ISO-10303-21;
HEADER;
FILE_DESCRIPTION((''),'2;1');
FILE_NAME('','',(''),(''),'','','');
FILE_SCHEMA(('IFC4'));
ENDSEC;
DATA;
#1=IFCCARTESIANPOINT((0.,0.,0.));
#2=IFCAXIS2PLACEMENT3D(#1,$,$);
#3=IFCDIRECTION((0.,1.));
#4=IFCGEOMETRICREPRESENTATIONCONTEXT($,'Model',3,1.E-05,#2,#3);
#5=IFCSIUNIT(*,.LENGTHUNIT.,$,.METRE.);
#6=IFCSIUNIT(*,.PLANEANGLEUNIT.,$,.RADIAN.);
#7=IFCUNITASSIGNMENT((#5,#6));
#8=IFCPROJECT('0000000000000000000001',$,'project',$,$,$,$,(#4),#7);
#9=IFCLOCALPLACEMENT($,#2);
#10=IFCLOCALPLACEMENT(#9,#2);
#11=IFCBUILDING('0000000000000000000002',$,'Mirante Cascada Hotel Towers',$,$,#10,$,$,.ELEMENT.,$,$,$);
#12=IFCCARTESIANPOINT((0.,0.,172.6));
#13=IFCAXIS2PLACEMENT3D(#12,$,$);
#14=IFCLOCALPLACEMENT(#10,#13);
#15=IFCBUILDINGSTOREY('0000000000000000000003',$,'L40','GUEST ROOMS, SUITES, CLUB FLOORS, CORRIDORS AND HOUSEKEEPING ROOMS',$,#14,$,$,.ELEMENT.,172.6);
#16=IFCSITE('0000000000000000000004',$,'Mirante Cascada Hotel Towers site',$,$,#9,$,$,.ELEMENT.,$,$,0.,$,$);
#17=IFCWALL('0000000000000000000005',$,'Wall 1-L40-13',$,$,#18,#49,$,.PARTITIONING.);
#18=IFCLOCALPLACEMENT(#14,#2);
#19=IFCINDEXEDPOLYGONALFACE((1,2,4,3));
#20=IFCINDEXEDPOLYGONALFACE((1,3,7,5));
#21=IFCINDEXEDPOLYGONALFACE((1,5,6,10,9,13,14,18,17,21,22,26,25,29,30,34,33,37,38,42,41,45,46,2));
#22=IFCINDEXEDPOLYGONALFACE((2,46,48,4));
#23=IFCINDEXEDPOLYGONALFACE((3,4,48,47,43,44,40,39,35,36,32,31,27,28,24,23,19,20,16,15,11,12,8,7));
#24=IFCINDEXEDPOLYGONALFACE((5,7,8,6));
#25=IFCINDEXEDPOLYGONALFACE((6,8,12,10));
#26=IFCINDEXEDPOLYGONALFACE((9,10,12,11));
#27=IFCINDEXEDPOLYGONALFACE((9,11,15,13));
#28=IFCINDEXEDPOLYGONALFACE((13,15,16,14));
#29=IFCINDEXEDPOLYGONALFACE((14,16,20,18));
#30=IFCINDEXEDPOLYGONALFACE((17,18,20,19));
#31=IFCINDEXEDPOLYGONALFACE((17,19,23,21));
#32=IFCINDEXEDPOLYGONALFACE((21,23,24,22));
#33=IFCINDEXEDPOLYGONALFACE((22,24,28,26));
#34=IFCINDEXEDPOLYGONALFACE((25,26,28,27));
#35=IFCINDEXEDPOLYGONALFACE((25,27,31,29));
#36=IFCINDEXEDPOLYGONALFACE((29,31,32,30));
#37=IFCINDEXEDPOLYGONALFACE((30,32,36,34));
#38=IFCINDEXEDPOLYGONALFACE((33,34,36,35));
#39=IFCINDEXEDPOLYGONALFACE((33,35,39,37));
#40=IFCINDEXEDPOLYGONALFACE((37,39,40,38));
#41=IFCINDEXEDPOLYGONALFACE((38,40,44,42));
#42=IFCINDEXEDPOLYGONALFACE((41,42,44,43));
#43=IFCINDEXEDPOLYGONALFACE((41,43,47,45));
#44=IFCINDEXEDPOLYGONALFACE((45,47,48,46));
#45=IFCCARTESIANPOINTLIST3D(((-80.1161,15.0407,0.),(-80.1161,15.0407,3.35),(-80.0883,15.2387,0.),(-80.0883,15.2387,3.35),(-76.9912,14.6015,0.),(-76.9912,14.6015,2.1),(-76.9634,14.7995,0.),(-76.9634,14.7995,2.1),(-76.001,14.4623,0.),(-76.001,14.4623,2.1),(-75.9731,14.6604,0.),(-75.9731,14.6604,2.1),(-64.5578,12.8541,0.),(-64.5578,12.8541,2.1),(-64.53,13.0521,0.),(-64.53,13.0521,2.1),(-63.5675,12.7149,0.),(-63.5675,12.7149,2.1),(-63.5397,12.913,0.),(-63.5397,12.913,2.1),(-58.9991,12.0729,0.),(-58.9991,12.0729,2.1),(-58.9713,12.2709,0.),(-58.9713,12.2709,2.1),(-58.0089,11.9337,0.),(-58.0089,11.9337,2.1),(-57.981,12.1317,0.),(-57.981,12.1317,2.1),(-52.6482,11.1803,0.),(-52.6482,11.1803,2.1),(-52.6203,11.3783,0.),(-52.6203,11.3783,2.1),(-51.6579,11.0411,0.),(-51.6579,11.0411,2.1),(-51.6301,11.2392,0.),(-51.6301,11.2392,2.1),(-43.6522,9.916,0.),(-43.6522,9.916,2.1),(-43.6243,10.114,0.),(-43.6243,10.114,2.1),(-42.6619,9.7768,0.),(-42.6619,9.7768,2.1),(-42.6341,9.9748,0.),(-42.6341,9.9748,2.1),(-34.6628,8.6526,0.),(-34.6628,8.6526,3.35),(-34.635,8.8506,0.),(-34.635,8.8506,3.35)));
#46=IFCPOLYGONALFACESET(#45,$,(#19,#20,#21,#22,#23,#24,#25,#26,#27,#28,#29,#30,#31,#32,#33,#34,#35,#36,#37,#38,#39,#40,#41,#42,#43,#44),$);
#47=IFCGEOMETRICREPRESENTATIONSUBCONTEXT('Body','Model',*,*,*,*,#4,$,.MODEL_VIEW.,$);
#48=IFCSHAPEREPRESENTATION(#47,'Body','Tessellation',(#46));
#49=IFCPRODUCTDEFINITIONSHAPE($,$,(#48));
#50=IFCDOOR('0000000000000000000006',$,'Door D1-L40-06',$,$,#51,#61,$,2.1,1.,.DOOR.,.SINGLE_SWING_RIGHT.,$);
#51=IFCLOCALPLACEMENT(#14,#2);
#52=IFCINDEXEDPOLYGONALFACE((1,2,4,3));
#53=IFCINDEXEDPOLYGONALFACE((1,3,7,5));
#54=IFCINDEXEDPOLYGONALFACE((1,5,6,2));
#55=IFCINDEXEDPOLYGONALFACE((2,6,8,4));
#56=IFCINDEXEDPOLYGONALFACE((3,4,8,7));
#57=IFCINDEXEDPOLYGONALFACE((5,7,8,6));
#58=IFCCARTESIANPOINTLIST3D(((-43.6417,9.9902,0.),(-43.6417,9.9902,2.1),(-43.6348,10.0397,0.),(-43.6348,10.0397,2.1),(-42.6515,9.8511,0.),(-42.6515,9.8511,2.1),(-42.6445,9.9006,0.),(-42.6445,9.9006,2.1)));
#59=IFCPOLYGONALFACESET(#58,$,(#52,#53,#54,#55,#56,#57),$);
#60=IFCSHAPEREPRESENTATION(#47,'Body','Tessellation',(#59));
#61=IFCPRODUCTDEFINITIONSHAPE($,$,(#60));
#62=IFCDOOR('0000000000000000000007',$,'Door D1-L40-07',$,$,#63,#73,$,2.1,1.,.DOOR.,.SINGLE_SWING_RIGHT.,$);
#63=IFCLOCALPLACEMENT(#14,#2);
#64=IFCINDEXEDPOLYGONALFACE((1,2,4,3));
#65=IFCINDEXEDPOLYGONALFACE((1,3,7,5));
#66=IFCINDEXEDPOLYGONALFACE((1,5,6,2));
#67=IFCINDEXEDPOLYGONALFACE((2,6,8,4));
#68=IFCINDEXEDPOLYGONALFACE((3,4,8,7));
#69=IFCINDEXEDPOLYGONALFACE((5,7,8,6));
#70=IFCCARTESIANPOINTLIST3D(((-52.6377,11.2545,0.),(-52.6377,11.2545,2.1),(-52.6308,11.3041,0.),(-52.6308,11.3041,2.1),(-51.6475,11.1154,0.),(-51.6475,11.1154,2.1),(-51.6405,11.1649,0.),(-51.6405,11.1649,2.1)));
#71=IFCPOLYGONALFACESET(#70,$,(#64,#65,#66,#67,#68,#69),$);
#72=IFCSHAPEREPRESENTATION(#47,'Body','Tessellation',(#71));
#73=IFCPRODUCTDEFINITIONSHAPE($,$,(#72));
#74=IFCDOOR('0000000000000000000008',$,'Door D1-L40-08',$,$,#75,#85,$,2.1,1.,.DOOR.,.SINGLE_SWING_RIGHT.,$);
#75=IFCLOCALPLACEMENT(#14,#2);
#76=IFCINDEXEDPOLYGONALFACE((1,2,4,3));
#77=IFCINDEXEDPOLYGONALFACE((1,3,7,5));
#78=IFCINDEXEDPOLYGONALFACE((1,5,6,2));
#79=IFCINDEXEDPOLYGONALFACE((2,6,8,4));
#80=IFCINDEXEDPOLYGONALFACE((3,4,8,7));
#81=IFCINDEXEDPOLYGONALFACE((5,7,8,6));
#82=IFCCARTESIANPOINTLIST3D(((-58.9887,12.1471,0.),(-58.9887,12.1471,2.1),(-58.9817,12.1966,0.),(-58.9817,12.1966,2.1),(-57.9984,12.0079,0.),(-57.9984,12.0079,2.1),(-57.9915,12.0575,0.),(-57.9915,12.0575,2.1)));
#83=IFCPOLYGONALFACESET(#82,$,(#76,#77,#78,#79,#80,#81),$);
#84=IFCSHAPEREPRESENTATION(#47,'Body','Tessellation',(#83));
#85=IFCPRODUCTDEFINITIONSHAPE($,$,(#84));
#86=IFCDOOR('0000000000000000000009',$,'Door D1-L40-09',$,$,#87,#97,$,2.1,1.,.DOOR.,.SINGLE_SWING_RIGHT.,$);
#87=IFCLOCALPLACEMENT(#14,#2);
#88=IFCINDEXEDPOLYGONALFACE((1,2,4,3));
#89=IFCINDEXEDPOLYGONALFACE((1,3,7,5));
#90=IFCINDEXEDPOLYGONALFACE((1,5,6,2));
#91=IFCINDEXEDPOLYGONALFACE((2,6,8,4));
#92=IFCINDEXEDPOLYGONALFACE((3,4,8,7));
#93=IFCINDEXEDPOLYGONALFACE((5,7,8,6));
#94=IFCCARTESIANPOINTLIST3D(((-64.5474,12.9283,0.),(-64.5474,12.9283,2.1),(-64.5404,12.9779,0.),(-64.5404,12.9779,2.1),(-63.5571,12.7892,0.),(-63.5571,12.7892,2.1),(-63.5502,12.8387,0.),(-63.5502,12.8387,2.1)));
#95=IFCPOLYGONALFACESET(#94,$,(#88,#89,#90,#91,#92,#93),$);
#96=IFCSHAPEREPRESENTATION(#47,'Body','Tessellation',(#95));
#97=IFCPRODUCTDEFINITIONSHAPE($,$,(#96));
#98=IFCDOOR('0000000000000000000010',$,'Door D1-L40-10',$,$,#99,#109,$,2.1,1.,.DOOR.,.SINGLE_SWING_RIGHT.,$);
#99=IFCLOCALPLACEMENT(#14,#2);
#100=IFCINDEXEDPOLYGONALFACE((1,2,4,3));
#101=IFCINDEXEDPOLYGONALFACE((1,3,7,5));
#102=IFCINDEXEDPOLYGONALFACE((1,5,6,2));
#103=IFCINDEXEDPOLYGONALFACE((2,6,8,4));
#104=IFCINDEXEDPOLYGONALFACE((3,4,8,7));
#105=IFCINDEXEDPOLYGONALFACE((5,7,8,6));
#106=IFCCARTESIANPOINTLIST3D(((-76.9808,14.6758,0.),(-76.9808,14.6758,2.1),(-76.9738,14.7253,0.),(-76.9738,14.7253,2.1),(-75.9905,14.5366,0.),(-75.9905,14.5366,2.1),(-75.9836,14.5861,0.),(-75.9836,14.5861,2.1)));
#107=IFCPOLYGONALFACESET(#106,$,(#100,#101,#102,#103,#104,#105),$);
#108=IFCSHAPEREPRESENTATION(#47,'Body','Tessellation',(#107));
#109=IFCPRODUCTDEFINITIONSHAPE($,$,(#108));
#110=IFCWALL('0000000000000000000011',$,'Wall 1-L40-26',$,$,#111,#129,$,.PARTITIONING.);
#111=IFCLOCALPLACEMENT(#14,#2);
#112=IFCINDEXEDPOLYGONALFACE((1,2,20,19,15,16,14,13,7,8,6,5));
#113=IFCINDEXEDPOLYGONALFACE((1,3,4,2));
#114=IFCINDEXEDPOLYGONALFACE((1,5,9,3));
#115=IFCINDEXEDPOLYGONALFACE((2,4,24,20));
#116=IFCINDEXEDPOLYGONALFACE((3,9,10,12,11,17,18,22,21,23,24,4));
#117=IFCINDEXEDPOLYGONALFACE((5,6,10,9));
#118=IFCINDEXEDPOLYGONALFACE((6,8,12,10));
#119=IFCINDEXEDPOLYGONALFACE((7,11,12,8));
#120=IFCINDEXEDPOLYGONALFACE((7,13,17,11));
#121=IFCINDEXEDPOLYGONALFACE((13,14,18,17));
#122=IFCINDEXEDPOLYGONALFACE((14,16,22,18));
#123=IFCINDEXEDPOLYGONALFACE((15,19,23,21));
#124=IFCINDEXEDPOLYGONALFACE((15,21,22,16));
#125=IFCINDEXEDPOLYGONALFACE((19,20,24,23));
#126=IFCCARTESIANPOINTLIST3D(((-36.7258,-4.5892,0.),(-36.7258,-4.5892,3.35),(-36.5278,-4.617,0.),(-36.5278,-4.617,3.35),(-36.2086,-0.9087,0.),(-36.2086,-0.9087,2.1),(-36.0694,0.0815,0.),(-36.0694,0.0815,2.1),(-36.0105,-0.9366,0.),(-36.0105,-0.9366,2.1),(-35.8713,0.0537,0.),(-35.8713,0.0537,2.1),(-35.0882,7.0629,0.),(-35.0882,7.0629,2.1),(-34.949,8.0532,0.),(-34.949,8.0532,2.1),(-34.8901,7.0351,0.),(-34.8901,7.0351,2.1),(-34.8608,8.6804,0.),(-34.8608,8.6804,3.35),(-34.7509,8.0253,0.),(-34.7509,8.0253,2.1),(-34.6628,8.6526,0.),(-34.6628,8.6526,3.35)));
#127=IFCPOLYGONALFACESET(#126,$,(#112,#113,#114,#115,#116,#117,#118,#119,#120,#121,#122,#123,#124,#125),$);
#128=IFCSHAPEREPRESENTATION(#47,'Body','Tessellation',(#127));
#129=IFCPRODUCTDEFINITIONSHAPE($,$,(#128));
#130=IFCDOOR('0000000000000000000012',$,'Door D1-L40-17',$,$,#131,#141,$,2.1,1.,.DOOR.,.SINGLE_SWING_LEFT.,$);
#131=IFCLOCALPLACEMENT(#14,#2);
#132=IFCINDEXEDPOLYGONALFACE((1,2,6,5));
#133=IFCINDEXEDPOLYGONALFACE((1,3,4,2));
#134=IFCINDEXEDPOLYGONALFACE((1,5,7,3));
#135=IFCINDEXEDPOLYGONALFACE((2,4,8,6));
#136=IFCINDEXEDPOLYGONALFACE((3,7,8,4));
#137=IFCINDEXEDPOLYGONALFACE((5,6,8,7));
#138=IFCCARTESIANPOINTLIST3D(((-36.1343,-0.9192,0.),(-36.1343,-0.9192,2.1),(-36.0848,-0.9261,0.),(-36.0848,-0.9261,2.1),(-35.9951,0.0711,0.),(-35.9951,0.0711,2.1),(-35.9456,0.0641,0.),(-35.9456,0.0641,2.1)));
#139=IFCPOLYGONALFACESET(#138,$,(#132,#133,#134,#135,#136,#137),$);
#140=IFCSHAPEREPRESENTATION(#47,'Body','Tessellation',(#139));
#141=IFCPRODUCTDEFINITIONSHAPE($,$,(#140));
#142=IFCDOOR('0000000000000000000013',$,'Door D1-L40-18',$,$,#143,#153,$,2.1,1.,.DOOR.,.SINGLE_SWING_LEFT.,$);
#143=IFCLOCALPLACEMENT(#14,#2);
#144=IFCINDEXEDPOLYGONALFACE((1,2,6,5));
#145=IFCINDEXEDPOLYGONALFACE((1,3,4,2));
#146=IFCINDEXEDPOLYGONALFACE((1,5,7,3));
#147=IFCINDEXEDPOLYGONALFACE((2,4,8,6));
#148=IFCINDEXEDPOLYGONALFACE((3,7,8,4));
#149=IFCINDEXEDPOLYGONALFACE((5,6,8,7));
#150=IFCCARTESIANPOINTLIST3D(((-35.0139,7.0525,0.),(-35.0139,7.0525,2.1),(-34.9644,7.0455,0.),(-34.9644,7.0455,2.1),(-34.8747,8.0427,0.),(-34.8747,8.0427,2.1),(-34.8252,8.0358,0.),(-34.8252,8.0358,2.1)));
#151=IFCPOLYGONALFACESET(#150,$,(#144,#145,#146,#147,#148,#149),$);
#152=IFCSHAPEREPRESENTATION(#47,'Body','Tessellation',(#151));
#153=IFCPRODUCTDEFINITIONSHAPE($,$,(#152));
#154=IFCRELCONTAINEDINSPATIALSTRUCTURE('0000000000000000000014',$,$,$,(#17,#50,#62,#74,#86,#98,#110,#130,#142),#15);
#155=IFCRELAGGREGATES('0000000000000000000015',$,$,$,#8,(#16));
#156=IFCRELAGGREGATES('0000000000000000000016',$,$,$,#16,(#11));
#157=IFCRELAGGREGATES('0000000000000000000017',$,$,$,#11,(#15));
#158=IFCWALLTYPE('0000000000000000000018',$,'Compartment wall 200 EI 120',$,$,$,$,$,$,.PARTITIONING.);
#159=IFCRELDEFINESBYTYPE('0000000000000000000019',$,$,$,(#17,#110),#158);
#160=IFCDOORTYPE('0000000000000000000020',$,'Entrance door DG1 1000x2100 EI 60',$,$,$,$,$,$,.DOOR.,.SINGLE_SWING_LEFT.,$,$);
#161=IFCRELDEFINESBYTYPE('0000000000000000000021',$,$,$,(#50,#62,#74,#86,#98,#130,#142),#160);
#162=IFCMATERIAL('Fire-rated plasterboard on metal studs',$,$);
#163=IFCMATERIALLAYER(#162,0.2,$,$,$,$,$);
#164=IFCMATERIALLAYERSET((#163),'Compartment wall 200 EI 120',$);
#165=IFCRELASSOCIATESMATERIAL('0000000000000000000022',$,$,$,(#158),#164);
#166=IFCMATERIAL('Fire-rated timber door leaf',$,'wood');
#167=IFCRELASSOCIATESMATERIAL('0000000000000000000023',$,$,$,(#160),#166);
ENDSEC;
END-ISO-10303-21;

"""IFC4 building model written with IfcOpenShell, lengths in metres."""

from ifc_helpers import new_model, si_unit, direction, frame, frame_2d, origin, place, context, subcontext, project, spatial, rectangle, extrude, material, layer, layer_set, type_object, element, fill, save


model = new_model("IFC4")

# Units and contexts
model_context = context("Model", 3, precision=1e-05, world=origin(), true_north=direction((0.0, 1.0)))
body_context = subcontext(model_context, "Body", "Model", "MODEL_VIEW")
ifc_project = project(units=[si_unit("LENGTHUNIT", "METRE"), si_unit("PLANEANGLEUNIT", "RADIAN")], contexts=[model_context])

# Site, building, storey
site_placement = place(None, origin())
site = spatial("IfcSite", under=ifc_project, at=site_placement, Name="Mirante Cascada Hotel Towers site", CompositionType="ELEMENT", RefElevation=0.0)
building_placement = place(site_placement, origin())
building = spatial("IfcBuilding", under=site, at=building_placement, Name="Mirante Cascada Hotel Towers", CompositionType="ELEMENT")
storey_placement = place(building_placement, frame((0.0, 0.0, 172.6)))
storey = spatial("IfcBuildingStorey", under=building, at=storey_placement, Name="L40", Description="GUEST ROOMS, SUITES, CLUB FLOORS, CORRIDORS AND HOUSEKEEPING ROOMS", CompositionType="ELEMENT", Elevation=172.6)

# Shared definitions
ifc_material_1 = material(Name="Fire-rated plasterboard on metal studs")
ifc_layer_1 = layer(ifc_material_1, 0.2)
ifc_layer_set_1 = layer_set([ifc_layer_1], Name="Compartment wall 200 EI 120")
wall_type_1 = type_object("IfcWallType", Name="Compartment wall 200 EI 120", PredefinedType="PARTITIONING", material=ifc_layer_set_1)

# Walls, openings, doors
wall_1_placement = place(storey_placement, frame((-34.6489, 8.7516, 0.0), z_axis=(0.0, 0.0, 1.0), x_axis=(-0.990268, 0.139174, 0.0)))
wall_1 = element("IfcWall", 1, at=wall_1_placement, inside=storey, type_object=wall_type_1, Name="Wall 1-L40-13", PredefinedType="PARTITIONING", context=body_context, shape_type="SweptSolid", body=[
    extrude(rectangle(XDim=45.9, YDim=0.2, at=frame_2d((22.95, 0.0))), origin(), (0.0, 0.0, 1.0), 3.35),
])
opening_1_placement = place(wall_1_placement, frame((8.0777, 0.0, 0.0)))
opening_1 = element("IfcOpeningElement", 2, at=opening_1_placement, cuts=wall_1, PredefinedType="OPENING", context=body_context, shape_type="SweptSolid", body=[
    extrude(rectangle(XDim=1.0, YDim=2.1, at=frame_2d((0.5, 1.05))), frame((0.0, 0.1, 0.0), z_axis=(0.0, -1.0, 0.0), x_axis=(1.0, 0.0, 0.0)), (0.0, 0.0, 1.0), 0.2),
])
opening_2_placement = place(wall_1_placement, frame((17.1621, 0.0, 0.0)))
opening_2 = element("IfcOpeningElement", 3, at=opening_2_placement, cuts=wall_1, PredefinedType="OPENING", context=body_context, shape_type="SweptSolid", body=[
    extrude(rectangle(XDim=1.0, YDim=2.1, at=frame_2d((0.5, 1.05))), frame((0.0, 0.1, 0.0), z_axis=(0.0, -1.0, 0.0), x_axis=(1.0, 0.0, 0.0)), (0.0, 0.0, 1.0), 0.2),
])
opening_3_placement = place(wall_1_placement, frame((23.5755, 0.0, 0.0)))
opening_3 = element("IfcOpeningElement", 4, at=opening_3_placement, cuts=wall_1, PredefinedType="OPENING", context=body_context, shape_type="SweptSolid", body=[
    extrude(rectangle(XDim=1.0, YDim=2.1, at=frame_2d((0.5, 1.05))), frame((0.0, 0.1, 0.0), z_axis=(0.0, -1.0, 0.0), x_axis=(1.0, 0.0, 0.0)), (0.0, 0.0, 1.0), 0.2),
])
opening_4_placement = place(wall_1_placement, frame((29.1888, 0.0, 0.0)))
opening_4 = element("IfcOpeningElement", 5, at=opening_4_placement, cuts=wall_1, PredefinedType="OPENING", context=body_context, shape_type="SweptSolid", body=[
    extrude(rectangle(XDim=1.0, YDim=2.1, at=frame_2d((0.5, 1.05))), frame((0.0, 0.1, 0.0), z_axis=(0.0, -1.0, 0.0), x_axis=(1.0, 0.0, 0.0)), (0.0, 0.0, 1.0), 0.2),
])
opening_5_placement = place(wall_1_placement, frame((41.7444, 0.0, 0.0)))
opening_5 = element("IfcOpeningElement", 6, at=opening_5_placement, cuts=wall_1, PredefinedType="OPENING", context=body_context, shape_type="SweptSolid", body=[
    extrude(rectangle(XDim=1.0, YDim=2.1, at=frame_2d((0.5, 1.05))), frame((0.0, 0.1, 0.0), z_axis=(0.0, -1.0, 0.0), x_axis=(1.0, 0.0, 0.0)), (0.0, 0.0, 1.0), 0.2),
])
ifc_material_2 = material(Name="Fire-rated timber door leaf", Category="wood")
door_type_1 = type_object("IfcDoorType", Name="Entrance door DG1 1000x2100 EI 60", OperationType="SINGLE_SWING_LEFT", PredefinedType="DOOR", material=ifc_material_2)
door_1_placement = place(opening_1_placement, frame((1.0, 0.0, 0.0), z_axis=(0.0, 0.0, 1.0), x_axis=(-1.0, 0.0, 0.0)))
door_1 = element("IfcDoor", 7, at=door_1_placement, inside=storey, type_object=door_type_1, Name="Door D1-L40-06", OperationType="SINGLE_SWING_RIGHT", OverallHeight=2.1, OverallWidth=1.0, PredefinedType="DOOR", context=body_context, shape_type="SweptSolid", body=[
    extrude(rectangle(XDim=1.0, YDim=2.1, at=frame_2d((0.5, 1.05))), frame((0.0, 0.025, 0.0), z_axis=(0.0, -1.0, 0.0), x_axis=(1.0, 0.0, 0.0)), (0.0, 0.0, 1.0), 0.05),
])
fill(opening_1, door_1)
door_2_placement = place(opening_2_placement, frame((1.0, 0.0, 0.0), z_axis=(0.0, 0.0, 1.0), x_axis=(-1.0, 0.0, 0.0)))
door_2 = element("IfcDoor", 8, at=door_2_placement, inside=storey, type_object=door_type_1, Name="Door D1-L40-07", OperationType="SINGLE_SWING_RIGHT", OverallHeight=2.1, OverallWidth=1.0, PredefinedType="DOOR", context=body_context, shape_type="SweptSolid", body=[
    extrude(rectangle(XDim=1.0, YDim=2.1, at=frame_2d((0.5, 1.05))), frame((0.0, 0.025, 0.0), z_axis=(0.0, -1.0, 0.0), x_axis=(1.0, 0.0, 0.0)), (0.0, 0.0, 1.0), 0.05),
])
fill(opening_2, door_2)
door_3_placement = place(opening_3_placement, frame((1.0, 0.0, 0.0), z_axis=(0.0, 0.0, 1.0), x_axis=(-1.0, 0.0, 0.0)))
door_3 = element("IfcDoor", 9, at=door_3_placement, inside=storey, type_object=door_type_1, Name="Door D1-L40-08", OperationType="SINGLE_SWING_RIGHT", OverallHeight=2.1, OverallWidth=1.0, PredefinedType="DOOR", context=body_context, shape_type="SweptSolid", body=[
    extrude(rectangle(XDim=1.0, YDim=2.1, at=frame_2d((0.5, 1.05))), frame((0.0, 0.025, 0.0), z_axis=(0.0, -1.0, 0.0), x_axis=(1.0, 0.0, 0.0)), (0.0, 0.0, 1.0), 0.05),
])
fill(opening_3, door_3)
door_4_placement = place(opening_4_placement, frame((1.0, 0.0, 0.0), z_axis=(0.0, 0.0, 1.0), x_axis=(-1.0, 0.0, 0.0)))
door_4 = element("IfcDoor", 10, at=door_4_placement, inside=storey, type_object=door_type_1, Name="Door D1-L40-09", OperationType="SINGLE_SWING_RIGHT", OverallHeight=2.1, OverallWidth=1.0, PredefinedType="DOOR", context=body_context, shape_type="SweptSolid", body=[
    extrude(rectangle(XDim=1.0, YDim=2.1, at=frame_2d((0.5, 1.05))), frame((0.0, 0.025, 0.0), z_axis=(0.0, -1.0, 0.0), x_axis=(1.0, 0.0, 0.0)), (0.0, 0.0, 1.0), 0.05),
])
fill(opening_4, door_4)
door_5_placement = place(opening_5_placement, frame((1.0, 0.0, 0.0), z_axis=(0.0, 0.0, 1.0), x_axis=(-1.0, 0.0, 0.0)))
door_5 = element("IfcDoor", 11, at=door_5_placement, inside=storey, type_object=door_type_1, Name="Door D1-L40-10", OperationType="SINGLE_SWING_RIGHT", OverallHeight=2.1, OverallWidth=1.0, PredefinedType="DOOR", context=body_context, shape_type="SweptSolid", body=[
    extrude(rectangle(XDim=1.0, YDim=2.1, at=frame_2d((0.5, 1.05))), frame((0.0, 0.025, 0.0), z_axis=(0.0, -1.0, 0.0), x_axis=(1.0, 0.0, 0.0)), (0.0, 0.0, 1.0), 0.05),
])
fill(opening_5, door_5)
wall_2_placement = place(storey_placement, frame((-34.7618, 8.6665, 0.0), z_axis=(0.0, 0.0, 1.0), x_axis=(-0.139179, -0.990267, 0.0)))
wall_2 = element("IfcWall", 12, at=wall_2_placement, inside=storey, type_object=wall_type_1, Name="Wall 1-L40-26", PredefinedType="PARTITIONING", context=body_context, shape_type="SweptSolid", body=[
    extrude(rectangle(XDim=13.4, YDim=0.2, at=frame_2d((6.7, 0.0))), origin(), (0.0, 0.0, 1.0), 3.35),
])
opening_6_placement = place(wall_2_placement, frame((8.6834, 0.0, 0.0)))
opening_6 = element("IfcOpeningElement", 13, at=opening_6_placement, cuts=wall_2, PredefinedType="OPENING", context=body_context, shape_type="SweptSolid", body=[
    extrude(rectangle(XDim=1.0, YDim=2.1, at=frame_2d((0.5, 1.05))), frame((0.0, 0.1, 0.0), z_axis=(0.0, -1.0, 0.0), x_axis=(1.0, 0.0, 0.0)), (0.0, 0.0, 1.0), 0.2),
])
opening_7_placement = place(wall_2_placement, frame((0.6334, 0.0, 0.0)))
opening_7 = element("IfcOpeningElement", 14, at=opening_7_placement, cuts=wall_2, PredefinedType="OPENING", context=body_context, shape_type="SweptSolid", body=[
    extrude(rectangle(XDim=1.0, YDim=2.1, at=frame_2d((0.5, 1.05))), frame((0.0, 0.1, 0.0), z_axis=(0.0, -1.0, 0.0), x_axis=(1.0, 0.0, 0.0)), (0.0, 0.0, 1.0), 0.2),
])
door_6_placement = place(opening_6_placement, origin())
door_6 = element("IfcDoor", 15, at=door_6_placement, inside=storey, type_object=door_type_1, Name="Door D1-L40-17", OperationType="SINGLE_SWING_LEFT", OverallHeight=2.1, OverallWidth=1.0, PredefinedType="DOOR", context=body_context, shape_type="SweptSolid", body=[
    extrude(rectangle(XDim=1.0, YDim=2.1, at=frame_2d((0.5, 1.05))), frame((0.0, 0.025, 0.0), z_axis=(0.0, -1.0, 0.0), x_axis=(1.0, 0.0, 0.0)), (0.0, 0.0, 1.0), 0.05),
])
fill(opening_6, door_6)
door_7_placement = place(opening_7_placement, origin())
door_7 = element("IfcDoor", 16, at=door_7_placement, inside=storey, type_object=door_type_1, Name="Door D1-L40-18", OperationType="SINGLE_SWING_LEFT", OverallHeight=2.1, OverallWidth=1.0, PredefinedType="DOOR", context=body_context, shape_type="SweptSolid", body=[
    extrude(rectangle(XDim=1.0, YDim=2.1, at=frame_2d((0.5, 1.05))), frame((0.0, 0.025, 0.0), z_axis=(0.0, -1.0, 0.0), x_axis=(1.0, 0.0, 0.0)), (0.0, 0.0, 1.0), 0.05),
])
fill(opening_7, door_7)

save(model, "model.ifc")
